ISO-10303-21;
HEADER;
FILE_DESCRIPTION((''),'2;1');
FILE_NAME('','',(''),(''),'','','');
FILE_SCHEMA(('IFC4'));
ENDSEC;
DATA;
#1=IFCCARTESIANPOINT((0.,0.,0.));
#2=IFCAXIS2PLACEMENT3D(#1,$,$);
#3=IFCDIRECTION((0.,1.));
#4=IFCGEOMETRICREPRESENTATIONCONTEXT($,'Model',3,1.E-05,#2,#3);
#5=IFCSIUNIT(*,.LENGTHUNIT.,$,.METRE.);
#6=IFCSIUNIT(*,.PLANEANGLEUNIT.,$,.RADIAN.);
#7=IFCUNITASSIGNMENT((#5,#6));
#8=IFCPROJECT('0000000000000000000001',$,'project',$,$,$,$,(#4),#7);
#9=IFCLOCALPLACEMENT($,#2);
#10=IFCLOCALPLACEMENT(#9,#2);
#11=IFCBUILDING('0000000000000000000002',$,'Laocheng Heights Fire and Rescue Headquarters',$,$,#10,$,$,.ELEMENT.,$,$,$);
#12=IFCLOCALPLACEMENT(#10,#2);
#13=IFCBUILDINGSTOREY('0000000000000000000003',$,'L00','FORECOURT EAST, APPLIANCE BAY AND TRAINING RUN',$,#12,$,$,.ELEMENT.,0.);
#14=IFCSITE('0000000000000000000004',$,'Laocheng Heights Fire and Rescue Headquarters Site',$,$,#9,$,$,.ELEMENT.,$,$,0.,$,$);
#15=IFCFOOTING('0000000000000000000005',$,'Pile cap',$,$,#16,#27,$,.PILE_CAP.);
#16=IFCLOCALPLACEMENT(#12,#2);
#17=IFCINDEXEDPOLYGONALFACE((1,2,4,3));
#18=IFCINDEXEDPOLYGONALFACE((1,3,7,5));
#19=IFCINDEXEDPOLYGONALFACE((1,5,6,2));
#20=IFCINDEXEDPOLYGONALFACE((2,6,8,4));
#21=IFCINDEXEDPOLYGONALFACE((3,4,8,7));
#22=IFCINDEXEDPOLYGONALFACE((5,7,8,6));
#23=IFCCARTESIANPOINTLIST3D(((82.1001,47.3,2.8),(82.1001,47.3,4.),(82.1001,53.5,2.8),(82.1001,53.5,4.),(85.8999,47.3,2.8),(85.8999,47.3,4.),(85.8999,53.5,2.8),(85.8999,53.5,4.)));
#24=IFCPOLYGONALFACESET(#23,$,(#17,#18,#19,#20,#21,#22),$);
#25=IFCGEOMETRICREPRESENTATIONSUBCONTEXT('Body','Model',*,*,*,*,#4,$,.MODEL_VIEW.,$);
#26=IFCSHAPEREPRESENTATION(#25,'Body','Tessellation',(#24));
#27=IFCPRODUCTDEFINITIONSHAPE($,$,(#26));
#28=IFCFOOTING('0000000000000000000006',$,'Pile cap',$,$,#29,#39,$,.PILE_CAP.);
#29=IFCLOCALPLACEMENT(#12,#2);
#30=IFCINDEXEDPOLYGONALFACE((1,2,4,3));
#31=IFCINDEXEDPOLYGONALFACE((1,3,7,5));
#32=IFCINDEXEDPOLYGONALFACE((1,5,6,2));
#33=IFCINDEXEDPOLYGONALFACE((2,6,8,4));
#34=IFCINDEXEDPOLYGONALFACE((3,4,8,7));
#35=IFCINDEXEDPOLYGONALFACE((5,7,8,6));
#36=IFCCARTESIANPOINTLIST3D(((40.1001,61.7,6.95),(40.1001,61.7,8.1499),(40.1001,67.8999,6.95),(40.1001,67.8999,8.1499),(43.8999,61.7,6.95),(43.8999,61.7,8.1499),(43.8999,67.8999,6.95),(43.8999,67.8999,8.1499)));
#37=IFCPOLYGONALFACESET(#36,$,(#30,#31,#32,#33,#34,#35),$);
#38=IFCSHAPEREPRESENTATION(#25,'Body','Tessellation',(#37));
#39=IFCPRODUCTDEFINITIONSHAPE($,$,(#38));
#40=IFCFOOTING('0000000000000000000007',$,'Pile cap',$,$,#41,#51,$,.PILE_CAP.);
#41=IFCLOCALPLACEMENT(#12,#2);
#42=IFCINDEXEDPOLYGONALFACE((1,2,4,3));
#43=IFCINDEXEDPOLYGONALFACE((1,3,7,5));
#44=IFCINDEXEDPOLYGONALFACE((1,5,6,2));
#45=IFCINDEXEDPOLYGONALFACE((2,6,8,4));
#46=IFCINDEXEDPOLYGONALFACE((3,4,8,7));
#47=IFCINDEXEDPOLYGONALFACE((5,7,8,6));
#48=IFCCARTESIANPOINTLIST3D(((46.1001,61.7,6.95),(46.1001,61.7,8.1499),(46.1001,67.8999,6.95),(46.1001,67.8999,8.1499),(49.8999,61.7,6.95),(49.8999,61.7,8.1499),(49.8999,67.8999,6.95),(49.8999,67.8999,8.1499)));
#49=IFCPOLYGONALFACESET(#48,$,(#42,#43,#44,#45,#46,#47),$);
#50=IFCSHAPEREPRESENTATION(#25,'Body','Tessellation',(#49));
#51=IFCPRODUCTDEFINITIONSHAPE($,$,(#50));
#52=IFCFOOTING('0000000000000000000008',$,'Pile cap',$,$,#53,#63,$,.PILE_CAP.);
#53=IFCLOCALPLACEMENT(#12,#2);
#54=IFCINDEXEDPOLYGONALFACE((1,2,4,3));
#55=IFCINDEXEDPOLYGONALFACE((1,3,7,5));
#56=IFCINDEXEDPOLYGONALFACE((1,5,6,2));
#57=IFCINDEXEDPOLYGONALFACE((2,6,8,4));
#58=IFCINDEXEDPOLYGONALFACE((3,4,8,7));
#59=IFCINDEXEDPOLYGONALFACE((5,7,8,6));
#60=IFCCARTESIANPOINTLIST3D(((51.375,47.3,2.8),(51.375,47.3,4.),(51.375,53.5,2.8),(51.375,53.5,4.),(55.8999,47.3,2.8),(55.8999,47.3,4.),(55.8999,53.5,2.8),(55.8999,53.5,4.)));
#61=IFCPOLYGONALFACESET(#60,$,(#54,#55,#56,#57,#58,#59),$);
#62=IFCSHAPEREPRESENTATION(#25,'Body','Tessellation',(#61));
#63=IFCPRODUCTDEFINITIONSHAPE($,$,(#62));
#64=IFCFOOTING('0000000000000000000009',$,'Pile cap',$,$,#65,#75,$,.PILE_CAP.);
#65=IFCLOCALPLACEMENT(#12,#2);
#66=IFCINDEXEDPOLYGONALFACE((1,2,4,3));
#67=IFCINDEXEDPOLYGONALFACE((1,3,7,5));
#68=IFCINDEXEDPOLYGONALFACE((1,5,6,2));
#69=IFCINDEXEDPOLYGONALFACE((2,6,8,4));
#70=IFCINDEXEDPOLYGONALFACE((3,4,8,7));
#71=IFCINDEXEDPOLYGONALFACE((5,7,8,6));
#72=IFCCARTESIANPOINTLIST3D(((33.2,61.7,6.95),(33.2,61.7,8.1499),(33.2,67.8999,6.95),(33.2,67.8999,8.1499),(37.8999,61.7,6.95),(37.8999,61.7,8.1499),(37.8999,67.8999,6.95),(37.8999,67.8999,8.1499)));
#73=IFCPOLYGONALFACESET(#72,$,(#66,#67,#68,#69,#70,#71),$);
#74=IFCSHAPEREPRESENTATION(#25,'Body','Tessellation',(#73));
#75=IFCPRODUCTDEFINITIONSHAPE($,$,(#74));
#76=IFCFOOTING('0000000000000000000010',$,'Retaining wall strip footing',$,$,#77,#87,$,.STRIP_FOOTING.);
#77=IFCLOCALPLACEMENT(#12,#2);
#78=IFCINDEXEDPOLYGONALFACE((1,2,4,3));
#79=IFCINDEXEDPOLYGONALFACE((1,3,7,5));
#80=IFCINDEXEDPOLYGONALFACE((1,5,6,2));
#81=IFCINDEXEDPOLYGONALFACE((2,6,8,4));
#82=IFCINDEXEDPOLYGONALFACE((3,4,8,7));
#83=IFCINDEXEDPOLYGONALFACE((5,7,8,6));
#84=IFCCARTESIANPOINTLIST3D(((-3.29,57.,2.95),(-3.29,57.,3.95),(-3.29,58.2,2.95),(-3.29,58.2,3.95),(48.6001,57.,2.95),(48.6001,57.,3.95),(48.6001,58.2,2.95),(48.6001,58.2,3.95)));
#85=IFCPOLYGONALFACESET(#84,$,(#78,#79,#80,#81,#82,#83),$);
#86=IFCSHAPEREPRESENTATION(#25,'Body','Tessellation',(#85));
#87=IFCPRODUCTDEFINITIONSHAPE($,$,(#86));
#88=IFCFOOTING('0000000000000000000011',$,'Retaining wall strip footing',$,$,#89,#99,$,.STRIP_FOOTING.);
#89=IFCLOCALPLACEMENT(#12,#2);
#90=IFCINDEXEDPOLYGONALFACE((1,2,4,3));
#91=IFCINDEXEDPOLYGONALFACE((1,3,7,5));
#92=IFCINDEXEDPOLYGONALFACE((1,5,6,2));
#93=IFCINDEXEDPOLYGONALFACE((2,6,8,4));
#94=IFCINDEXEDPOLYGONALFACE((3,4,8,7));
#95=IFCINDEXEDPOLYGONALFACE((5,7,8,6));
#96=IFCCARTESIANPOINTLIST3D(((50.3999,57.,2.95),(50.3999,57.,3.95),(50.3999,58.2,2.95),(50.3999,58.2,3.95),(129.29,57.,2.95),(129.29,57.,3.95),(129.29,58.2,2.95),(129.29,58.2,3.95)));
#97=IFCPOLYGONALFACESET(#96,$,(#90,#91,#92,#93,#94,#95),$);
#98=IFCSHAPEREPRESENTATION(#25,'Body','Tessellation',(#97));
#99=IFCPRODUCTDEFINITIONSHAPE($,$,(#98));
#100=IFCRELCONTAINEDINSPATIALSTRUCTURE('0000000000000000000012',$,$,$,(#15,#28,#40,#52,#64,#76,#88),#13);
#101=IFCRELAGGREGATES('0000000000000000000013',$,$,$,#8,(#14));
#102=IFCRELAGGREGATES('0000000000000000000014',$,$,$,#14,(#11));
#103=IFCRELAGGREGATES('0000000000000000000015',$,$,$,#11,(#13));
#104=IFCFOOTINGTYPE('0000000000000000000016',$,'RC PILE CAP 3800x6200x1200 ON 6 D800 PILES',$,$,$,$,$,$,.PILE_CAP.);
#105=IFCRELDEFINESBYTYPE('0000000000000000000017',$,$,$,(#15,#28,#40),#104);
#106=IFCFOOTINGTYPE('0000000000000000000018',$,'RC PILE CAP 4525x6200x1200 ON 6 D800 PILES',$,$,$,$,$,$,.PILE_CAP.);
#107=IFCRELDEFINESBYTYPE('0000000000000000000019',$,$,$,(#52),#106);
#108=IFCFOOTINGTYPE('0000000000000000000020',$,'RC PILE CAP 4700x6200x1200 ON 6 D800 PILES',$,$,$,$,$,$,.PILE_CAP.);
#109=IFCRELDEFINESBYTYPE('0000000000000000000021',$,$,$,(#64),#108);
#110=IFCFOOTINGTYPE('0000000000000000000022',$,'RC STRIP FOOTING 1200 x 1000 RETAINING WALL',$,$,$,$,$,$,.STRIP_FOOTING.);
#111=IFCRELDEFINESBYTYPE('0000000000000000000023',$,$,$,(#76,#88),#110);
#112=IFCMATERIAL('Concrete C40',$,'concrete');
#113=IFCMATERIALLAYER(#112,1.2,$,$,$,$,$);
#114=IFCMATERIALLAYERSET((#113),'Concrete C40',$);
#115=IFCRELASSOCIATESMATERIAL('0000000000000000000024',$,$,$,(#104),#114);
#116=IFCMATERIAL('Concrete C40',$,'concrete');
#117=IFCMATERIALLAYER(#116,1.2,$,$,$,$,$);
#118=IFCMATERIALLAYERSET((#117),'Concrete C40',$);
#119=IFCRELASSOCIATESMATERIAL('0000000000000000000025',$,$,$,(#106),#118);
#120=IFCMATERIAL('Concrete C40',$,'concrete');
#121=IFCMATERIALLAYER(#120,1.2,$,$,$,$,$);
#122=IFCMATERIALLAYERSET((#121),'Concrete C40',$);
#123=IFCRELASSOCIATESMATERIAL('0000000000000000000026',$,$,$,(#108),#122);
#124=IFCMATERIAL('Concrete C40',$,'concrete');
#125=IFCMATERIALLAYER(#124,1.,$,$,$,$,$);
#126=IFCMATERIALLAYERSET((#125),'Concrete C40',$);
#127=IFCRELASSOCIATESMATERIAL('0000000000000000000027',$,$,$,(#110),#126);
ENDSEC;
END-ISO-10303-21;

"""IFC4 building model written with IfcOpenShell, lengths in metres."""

from ifc_helpers import new_model, si_unit, direction, frame, origin, place, context, subcontext, project, spatial, polyline, outline, extrude, material, layer, layer_set, type_object, element, save


model = new_model("IFC4")

# Units and contexts
model_context = context("Model", 3, precision=1e-05, world=origin(), true_north=direction((0.0, 1.0)))
body_context = subcontext(model_context, "Body", "Model", "MODEL_VIEW")
ifc_project = project(units=[si_unit("LENGTHUNIT", "METRE"), si_unit("PLANEANGLEUNIT", "RADIAN")], contexts=[model_context])

# Site, building, storey
site_placement = place(None, origin())
site = spatial("IfcSite", under=ifc_project, at=site_placement, Name="Laocheng Heights Fire and Rescue Headquarters Site", CompositionType="ELEMENT", RefElevation=0.0)
building_placement = place(site_placement, origin())
building = spatial("IfcBuilding", under=site, at=building_placement, Name="Laocheng Heights Fire and Rescue Headquarters", CompositionType="ELEMENT")
storey_placement = place(building_placement, origin())
storey = spatial("IfcBuildingStorey", under=building, at=storey_placement, Name="L00", Description="FORECOURT EAST, APPLIANCE BAY AND TRAINING RUN", CompositionType="ELEMENT", Elevation=0.0)

# Footings
ifc_material_1 = material(Name="Concrete C40", Category="concrete")
ifc_layer_1 = layer(ifc_material_1, 1.2)
ifc_layer_set_1 = layer_set([ifc_layer_1], Name="Concrete C40")
footing_type_1 = type_object("IfcFootingType", Name="RC PILE CAP 3800x6200x1200 ON 6 D800 PILES", PredefinedType="PILE_CAP", material=ifc_layer_set_1)
footing_1_placement = place(storey_placement, frame((0.0, 0.0, 2.8)))
element("IfcFooting", 1, at=footing_1_placement, inside=storey, type_object=footing_type_1, Name="Pile cap", PredefinedType="PILE_CAP", context=body_context, shape_type="SweptSolid", body=[
    extrude(outline(polyline([(85.8999, 47.3), (85.8999, 53.5), (82.1001, 53.5), (82.1001, 47.3), (85.8999, 47.3)])), origin(), (0.0, 0.0, 1.0), 1.2),
])
footing_2_placement = place(storey_placement, frame((0.0, 0.0, 6.95)))
element("IfcFooting", 2, at=footing_2_placement, inside=storey, type_object=footing_type_1, Name="Pile cap", PredefinedType="PILE_CAP", context=body_context, shape_type="SweptSolid", body=[
    extrude(outline(polyline([(43.8999, 67.8999), (40.1001, 67.8999), (40.1001, 61.7), (43.8999, 61.7), (43.8999, 67.8999)])), origin(), (0.0, 0.0, 1.0), 1.2),
])
footing_3_placement = place(storey_placement, frame((0.0, 0.0, 6.95)))
element("IfcFooting", 3, at=footing_3_placement, inside=storey, type_object=footing_type_1, Name="Pile cap", PredefinedType="PILE_CAP", context=body_context, shape_type="SweptSolid", body=[
    extrude(outline(polyline([(49.8999, 67.8999), (46.1001, 67.8999), (46.1001, 61.7), (49.8999, 61.7), (49.8999, 67.8999)])), origin(), (0.0, 0.0, 1.0), 1.2),
])
ifc_material_2 = material(Name="Concrete C40", Category="concrete")
ifc_layer_2 = layer(ifc_material_2, 1.2)
ifc_layer_set_2 = layer_set([ifc_layer_2], Name="Concrete C40")
footing_type_2 = type_object("IfcFootingType", Name="RC PILE CAP 4525x6200x1200 ON 6 D800 PILES", PredefinedType="PILE_CAP", material=ifc_layer_set_2)
footing_4_placement = place(storey_placement, frame((0.0, 0.0, 2.8)))
element("IfcFooting", 4, at=footing_4_placement, inside=storey, type_object=footing_type_2, Name="Pile cap", PredefinedType="PILE_CAP", context=body_context, shape_type="SweptSolid", body=[
    extrude(outline(polyline([(55.8999, 47.3), (55.8999, 53.5), (51.375, 53.5), (51.375, 47.3), (55.8999, 47.3)])), origin(), (0.0, 0.0, 1.0), 1.2),
])
ifc_material_3 = material(Name="Concrete C40", Category="concrete")
ifc_layer_3 = layer(ifc_material_3, 1.2)
ifc_layer_set_3 = layer_set([ifc_layer_3], Name="Concrete C40")
footing_type_3 = type_object("IfcFootingType", Name="RC PILE CAP 4700x6200x1200 ON 6 D800 PILES", PredefinedType="PILE_CAP", material=ifc_layer_set_3)
footing_5_placement = place(storey_placement, frame((0.0, 0.0, 6.95)))
element("IfcFooting", 5, at=footing_5_placement, inside=storey, type_object=footing_type_3, Name="Pile cap", PredefinedType="PILE_CAP", context=body_context, shape_type="SweptSolid", body=[
    extrude(outline(polyline([(37.8999, 61.7), (37.8999, 67.8999), (33.2, 67.8999), (33.2, 61.7), (37.8999, 61.7)])), origin(), (0.0, 0.0, 1.0), 1.2),
])
ifc_material_4 = material(Name="Concrete C40", Category="concrete")
ifc_layer_4 = layer(ifc_material_4, 1.0)
ifc_layer_set_4 = layer_set([ifc_layer_4], Name="Concrete C40")
footing_type_4 = type_object("IfcFootingType", Name="RC STRIP FOOTING 1200 x 1000 RETAINING WALL", PredefinedType="STRIP_FOOTING", material=ifc_layer_set_4)
footing_6_placement = place(storey_placement, frame((0.0, 0.0, 2.95)))
element("IfcFooting", 6, at=footing_6_placement, inside=storey, type_object=footing_type_4, Name="Retaining wall strip footing", PredefinedType="STRIP_FOOTING", context=body_context, shape_type="SweptSolid", body=[
    extrude(outline(polyline([(48.6001, 57.0), (48.6001, 58.2), (-3.29, 58.2), (-3.29, 57.0), (48.6001, 57.0)])), origin(), (0.0, 0.0, 1.0), 1.0),
])
footing_7_placement = place(storey_placement, frame((0.0, 0.0, 2.95)))
element("IfcFooting", 7, at=footing_7_placement, inside=storey, type_object=footing_type_4, Name="Retaining wall strip footing", PredefinedType="STRIP_FOOTING", context=body_context, shape_type="SweptSolid", body=[
    extrude(outline(polyline([(129.29, 57.0), (129.29, 58.2), (50.3999, 58.2), (50.3999, 57.0), (129.29, 57.0)])), origin(), (0.0, 0.0, 1.0), 1.0),
])

save(model, "model.ifc")
